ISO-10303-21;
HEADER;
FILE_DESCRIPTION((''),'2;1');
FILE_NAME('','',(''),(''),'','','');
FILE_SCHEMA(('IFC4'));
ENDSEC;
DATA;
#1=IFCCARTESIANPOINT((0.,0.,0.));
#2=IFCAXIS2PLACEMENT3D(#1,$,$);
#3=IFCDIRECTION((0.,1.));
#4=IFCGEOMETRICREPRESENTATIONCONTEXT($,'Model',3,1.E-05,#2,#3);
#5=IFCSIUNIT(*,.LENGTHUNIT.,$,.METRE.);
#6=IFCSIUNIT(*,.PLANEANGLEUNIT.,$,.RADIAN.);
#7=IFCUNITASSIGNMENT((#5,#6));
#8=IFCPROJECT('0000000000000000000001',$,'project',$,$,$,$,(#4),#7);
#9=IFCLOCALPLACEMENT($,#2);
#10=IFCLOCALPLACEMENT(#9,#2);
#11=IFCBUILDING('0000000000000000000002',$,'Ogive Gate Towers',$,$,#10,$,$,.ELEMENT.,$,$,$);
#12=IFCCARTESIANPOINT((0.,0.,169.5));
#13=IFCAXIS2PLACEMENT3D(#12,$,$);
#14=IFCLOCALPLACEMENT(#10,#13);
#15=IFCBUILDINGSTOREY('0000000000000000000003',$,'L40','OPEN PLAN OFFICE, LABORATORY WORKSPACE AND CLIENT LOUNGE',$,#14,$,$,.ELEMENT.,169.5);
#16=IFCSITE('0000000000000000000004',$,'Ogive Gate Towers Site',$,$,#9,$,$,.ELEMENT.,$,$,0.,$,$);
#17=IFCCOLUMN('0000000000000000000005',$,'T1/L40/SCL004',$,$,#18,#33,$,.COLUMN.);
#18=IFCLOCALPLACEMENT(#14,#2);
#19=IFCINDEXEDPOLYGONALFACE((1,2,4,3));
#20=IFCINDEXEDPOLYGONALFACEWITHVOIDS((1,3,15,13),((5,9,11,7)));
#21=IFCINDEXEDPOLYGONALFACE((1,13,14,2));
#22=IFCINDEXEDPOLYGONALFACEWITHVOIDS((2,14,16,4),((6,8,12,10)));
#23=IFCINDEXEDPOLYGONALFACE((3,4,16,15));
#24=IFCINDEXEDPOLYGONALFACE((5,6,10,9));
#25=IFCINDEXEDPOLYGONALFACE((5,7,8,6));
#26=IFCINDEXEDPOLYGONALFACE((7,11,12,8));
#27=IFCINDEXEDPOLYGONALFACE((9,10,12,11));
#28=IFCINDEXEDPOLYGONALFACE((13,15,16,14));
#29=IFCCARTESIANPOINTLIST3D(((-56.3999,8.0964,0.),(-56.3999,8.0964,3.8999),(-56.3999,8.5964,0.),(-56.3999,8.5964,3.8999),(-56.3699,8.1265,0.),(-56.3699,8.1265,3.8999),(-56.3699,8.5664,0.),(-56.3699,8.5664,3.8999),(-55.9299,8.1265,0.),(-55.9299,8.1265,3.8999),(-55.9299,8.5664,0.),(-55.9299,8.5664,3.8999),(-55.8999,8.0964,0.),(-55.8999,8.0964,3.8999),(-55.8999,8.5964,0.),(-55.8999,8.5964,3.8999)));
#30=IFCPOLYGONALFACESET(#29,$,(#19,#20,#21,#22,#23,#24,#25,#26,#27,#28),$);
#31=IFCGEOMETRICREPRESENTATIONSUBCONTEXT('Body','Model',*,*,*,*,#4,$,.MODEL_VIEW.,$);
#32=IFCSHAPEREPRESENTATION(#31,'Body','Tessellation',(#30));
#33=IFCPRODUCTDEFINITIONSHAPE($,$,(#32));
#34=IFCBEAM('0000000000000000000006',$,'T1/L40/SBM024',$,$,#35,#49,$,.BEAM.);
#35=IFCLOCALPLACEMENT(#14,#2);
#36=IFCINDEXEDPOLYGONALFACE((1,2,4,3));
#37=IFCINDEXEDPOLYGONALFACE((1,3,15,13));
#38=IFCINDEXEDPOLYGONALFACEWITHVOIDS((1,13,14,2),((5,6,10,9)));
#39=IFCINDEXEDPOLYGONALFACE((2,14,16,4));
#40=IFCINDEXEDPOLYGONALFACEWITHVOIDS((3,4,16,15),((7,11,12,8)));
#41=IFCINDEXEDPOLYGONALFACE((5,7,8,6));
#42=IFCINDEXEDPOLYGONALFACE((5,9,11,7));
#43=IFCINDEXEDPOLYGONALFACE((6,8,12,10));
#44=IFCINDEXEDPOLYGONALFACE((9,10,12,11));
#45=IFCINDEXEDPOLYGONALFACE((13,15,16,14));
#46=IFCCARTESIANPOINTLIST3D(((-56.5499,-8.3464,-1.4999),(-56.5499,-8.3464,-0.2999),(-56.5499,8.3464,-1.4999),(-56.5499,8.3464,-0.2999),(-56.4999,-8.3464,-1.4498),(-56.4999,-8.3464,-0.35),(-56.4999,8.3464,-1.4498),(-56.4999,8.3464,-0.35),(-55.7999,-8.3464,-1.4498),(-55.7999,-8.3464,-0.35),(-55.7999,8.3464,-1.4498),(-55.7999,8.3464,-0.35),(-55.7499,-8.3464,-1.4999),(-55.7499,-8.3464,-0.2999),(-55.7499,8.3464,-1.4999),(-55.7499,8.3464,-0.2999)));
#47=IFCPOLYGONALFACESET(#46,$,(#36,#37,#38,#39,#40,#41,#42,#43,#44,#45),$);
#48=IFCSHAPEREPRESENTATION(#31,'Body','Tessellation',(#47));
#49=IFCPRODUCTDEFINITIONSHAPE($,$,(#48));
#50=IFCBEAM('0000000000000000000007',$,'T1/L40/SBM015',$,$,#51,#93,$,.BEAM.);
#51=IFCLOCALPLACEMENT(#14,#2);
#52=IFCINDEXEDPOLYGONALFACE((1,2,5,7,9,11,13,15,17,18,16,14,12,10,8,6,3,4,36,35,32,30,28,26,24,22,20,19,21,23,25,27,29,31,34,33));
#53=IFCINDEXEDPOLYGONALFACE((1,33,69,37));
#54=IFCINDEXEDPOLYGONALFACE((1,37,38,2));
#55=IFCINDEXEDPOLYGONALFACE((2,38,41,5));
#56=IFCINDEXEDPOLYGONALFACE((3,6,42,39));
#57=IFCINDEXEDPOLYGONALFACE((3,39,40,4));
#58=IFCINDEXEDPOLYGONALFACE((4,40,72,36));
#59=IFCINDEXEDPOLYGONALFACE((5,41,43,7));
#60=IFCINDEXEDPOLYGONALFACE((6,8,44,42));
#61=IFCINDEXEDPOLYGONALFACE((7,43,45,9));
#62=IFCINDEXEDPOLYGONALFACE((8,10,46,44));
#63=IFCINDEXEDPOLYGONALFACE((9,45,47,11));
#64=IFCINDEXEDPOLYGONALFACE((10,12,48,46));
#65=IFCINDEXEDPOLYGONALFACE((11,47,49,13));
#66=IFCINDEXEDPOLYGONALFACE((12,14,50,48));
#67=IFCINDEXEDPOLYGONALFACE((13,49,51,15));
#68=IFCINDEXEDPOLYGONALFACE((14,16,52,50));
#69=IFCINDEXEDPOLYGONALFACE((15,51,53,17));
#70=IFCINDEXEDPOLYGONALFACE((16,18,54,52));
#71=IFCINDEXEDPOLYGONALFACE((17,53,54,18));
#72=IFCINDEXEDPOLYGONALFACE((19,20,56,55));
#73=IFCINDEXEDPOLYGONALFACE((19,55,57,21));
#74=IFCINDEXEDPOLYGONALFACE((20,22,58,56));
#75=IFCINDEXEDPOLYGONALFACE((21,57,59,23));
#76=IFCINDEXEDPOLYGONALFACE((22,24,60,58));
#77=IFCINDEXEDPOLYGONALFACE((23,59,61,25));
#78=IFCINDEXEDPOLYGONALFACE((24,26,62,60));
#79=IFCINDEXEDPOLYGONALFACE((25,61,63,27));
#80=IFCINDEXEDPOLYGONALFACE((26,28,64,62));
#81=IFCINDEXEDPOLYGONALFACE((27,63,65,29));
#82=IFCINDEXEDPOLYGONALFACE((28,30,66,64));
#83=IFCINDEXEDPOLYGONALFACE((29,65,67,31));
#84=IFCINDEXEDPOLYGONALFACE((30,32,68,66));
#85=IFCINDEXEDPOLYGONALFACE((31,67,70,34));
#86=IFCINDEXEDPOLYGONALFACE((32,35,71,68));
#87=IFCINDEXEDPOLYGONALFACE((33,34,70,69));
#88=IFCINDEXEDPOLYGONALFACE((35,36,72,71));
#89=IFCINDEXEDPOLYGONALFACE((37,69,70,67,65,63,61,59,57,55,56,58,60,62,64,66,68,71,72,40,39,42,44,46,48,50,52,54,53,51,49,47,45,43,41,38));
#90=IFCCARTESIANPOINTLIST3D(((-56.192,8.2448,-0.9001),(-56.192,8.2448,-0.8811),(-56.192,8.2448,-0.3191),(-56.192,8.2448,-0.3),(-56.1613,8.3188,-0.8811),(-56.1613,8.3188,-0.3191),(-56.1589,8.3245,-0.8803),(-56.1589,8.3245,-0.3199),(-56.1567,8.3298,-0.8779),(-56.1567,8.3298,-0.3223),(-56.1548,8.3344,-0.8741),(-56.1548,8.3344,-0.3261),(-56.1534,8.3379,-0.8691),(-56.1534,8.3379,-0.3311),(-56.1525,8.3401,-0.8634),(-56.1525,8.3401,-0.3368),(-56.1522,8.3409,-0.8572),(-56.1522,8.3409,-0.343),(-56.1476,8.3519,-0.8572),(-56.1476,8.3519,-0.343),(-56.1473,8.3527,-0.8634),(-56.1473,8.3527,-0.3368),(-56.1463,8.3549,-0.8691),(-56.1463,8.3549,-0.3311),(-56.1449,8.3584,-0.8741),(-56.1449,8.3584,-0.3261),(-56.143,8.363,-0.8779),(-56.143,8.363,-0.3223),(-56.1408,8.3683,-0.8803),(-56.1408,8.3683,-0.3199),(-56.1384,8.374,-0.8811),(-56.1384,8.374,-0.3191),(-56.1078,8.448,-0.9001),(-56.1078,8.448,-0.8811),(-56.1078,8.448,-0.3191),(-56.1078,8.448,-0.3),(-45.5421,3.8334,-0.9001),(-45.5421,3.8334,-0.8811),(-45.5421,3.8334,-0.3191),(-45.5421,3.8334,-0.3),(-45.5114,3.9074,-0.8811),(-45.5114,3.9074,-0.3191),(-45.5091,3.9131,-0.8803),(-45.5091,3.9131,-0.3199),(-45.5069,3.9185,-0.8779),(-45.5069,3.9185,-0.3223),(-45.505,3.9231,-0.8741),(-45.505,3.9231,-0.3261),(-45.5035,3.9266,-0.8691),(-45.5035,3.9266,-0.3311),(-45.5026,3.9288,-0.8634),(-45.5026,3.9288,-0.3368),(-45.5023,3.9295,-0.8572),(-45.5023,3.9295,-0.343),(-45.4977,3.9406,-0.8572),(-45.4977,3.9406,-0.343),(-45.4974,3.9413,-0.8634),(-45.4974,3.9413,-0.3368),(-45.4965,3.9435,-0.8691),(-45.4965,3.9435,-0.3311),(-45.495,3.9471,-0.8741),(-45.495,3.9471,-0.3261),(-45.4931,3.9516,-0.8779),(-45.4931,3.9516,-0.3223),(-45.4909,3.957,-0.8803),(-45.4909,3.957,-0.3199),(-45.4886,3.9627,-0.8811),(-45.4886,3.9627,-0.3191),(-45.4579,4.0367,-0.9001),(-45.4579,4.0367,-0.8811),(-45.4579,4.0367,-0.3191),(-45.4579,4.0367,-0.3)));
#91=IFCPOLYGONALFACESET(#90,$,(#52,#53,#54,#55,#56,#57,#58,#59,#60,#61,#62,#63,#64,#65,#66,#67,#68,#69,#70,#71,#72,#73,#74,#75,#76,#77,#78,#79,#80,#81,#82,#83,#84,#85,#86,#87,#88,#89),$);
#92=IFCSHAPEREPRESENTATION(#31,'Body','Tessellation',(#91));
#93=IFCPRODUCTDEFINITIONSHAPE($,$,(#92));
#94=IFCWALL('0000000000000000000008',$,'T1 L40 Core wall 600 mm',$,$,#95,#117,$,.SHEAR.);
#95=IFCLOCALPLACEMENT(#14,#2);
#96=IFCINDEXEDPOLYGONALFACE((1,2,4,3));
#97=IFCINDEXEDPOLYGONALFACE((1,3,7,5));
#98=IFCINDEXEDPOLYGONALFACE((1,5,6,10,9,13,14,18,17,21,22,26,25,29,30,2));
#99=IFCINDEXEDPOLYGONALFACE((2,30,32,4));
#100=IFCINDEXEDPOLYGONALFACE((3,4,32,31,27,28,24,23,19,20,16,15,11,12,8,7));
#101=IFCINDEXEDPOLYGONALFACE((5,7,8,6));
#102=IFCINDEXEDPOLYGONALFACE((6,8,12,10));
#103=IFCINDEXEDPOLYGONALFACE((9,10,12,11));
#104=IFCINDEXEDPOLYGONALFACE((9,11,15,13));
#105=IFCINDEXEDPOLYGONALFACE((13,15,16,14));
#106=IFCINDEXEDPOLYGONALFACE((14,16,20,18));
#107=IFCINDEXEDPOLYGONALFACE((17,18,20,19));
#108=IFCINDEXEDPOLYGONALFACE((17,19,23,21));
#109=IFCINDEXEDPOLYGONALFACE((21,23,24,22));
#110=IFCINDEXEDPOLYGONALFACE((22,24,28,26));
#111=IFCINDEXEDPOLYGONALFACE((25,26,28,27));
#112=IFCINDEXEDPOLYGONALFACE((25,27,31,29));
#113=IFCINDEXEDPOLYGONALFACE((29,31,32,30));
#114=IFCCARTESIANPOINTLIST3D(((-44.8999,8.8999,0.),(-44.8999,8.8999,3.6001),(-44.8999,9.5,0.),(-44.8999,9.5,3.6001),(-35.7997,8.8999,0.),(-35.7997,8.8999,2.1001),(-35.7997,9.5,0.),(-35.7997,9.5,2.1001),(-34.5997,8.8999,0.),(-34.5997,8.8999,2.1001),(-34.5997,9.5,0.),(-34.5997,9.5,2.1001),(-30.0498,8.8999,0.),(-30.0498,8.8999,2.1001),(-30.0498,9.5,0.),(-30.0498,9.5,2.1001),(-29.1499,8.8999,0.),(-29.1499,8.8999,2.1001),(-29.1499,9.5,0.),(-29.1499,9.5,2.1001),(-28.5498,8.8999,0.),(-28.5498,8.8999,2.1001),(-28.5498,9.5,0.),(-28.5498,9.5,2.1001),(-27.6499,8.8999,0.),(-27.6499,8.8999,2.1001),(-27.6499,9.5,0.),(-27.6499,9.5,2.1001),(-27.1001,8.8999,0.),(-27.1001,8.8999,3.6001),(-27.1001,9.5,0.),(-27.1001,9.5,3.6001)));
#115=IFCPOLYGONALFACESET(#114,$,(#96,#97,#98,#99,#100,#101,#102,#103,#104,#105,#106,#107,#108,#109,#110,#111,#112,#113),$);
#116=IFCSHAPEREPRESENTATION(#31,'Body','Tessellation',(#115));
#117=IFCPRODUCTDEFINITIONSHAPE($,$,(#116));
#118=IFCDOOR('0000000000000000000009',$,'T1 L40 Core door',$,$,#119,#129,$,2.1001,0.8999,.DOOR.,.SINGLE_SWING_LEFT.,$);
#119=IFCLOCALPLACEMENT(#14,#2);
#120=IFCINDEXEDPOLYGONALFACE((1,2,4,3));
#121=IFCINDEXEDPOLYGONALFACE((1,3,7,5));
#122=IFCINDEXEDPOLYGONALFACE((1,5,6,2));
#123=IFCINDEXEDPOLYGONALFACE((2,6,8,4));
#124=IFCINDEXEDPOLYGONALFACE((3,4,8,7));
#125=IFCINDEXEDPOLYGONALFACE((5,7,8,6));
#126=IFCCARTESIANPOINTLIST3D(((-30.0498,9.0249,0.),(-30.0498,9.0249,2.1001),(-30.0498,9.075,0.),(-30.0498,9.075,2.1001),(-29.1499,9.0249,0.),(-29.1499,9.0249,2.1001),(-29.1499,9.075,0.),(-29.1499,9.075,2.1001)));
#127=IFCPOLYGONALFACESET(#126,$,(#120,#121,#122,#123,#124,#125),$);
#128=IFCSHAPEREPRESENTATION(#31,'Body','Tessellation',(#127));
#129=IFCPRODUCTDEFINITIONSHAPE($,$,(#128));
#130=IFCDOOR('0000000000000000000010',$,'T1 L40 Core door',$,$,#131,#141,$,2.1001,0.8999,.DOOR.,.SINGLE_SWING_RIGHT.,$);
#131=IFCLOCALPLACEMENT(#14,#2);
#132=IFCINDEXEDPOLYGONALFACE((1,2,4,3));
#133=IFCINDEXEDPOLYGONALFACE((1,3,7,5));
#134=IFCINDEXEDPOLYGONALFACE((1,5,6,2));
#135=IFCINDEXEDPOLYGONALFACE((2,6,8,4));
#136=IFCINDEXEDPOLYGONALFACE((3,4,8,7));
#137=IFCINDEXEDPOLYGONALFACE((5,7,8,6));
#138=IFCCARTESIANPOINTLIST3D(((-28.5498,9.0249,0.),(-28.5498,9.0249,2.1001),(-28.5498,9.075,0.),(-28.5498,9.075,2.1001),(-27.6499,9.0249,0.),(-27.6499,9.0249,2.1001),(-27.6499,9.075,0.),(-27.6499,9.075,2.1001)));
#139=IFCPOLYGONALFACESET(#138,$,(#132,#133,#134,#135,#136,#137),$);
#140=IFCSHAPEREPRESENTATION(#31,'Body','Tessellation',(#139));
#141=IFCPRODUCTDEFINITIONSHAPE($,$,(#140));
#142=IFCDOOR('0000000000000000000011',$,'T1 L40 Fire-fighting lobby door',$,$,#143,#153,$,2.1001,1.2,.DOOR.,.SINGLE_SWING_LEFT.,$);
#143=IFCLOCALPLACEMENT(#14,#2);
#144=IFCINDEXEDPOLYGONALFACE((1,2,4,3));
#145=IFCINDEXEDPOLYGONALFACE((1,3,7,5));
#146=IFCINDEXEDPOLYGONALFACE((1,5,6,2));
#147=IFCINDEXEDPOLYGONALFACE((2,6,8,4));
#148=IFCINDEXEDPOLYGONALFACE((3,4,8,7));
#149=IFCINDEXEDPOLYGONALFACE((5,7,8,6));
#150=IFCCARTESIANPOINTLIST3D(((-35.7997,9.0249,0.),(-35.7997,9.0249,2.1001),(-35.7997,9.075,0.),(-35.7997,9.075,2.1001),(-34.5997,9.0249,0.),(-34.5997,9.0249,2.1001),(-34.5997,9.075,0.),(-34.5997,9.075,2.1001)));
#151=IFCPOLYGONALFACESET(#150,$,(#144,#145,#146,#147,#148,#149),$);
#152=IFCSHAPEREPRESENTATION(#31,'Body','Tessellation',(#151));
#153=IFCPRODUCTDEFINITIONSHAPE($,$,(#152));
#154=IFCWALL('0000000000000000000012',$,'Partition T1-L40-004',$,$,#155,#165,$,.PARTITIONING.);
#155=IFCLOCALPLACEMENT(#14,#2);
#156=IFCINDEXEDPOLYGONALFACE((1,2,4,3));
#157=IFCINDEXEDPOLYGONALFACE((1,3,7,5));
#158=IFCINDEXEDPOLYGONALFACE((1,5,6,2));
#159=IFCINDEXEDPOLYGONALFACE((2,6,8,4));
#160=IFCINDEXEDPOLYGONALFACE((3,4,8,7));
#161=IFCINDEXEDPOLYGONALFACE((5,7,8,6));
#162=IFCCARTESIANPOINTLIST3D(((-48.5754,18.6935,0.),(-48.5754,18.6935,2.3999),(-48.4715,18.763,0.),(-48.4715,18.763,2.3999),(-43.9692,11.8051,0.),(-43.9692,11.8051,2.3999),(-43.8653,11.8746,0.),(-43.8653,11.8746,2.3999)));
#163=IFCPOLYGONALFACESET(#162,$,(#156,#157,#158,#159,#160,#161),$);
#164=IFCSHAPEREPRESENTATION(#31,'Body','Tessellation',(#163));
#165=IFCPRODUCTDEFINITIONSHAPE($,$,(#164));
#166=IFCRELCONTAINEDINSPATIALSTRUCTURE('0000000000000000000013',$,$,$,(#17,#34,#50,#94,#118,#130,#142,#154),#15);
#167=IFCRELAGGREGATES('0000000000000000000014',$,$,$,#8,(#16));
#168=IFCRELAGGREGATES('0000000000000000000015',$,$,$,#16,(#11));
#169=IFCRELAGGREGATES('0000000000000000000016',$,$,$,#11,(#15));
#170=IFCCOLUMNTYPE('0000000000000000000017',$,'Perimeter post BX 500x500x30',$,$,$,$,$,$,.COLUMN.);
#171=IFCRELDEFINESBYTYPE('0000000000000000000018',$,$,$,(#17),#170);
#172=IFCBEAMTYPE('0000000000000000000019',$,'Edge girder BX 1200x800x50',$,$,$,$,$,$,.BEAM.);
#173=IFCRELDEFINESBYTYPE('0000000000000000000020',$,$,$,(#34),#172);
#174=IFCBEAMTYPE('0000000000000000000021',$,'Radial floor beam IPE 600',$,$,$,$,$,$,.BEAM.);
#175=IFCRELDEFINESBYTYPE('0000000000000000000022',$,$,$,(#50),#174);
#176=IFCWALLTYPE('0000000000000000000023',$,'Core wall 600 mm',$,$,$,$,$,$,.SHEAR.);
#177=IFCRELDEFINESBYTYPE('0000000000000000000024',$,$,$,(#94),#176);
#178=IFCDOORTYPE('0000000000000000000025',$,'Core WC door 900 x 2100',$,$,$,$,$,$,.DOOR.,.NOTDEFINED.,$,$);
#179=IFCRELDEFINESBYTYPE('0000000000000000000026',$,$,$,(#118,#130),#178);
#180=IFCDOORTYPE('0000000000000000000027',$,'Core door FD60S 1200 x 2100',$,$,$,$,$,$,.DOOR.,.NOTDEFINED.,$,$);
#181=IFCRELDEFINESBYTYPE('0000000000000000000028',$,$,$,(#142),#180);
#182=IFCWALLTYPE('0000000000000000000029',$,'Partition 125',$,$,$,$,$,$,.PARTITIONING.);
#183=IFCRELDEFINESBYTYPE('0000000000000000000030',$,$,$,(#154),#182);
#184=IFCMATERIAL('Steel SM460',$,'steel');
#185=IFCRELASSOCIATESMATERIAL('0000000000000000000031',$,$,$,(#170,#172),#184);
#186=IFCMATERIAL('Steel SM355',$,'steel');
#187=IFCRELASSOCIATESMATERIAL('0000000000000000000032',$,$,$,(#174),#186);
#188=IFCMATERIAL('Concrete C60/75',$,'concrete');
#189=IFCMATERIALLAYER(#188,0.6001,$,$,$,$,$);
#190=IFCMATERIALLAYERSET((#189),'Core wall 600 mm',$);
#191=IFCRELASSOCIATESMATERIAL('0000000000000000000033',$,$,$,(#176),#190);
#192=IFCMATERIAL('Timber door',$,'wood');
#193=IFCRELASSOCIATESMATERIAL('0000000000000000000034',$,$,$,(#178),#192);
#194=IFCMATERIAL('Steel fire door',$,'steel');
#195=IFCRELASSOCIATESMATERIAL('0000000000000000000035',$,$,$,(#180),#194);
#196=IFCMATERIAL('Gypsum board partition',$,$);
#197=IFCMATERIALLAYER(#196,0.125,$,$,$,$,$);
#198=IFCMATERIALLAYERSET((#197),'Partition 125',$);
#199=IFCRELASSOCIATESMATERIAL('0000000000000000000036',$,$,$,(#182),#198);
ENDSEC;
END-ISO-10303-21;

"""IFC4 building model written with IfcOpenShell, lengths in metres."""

from ifc_helpers import new_model, si_unit, direction, frame, frame_2d, origin, origin_2d, place, context, subcontext, project, spatial, rectangle, hollow_rectangle, i_section, extrude, material, layer, layer_set, material_profile, profile_set, type_object, element, fill, save


model = new_model("IFC4")

# Units and contexts
model_context = context("Model", 3, precision=1e-05, world=origin(), true_north=direction((0.0, 1.0)))
body_context = subcontext(model_context, "Body", "Model", "MODEL_VIEW")
ifc_project = project(units=[si_unit("LENGTHUNIT", "METRE"), si_unit("PLANEANGLEUNIT", "RADIAN")], contexts=[model_context])

# Site, building, storey
site_placement = place(None, origin())
site = spatial("IfcSite", under=ifc_project, at=site_placement, Name="Ogive Gate Towers Site", CompositionType="ELEMENT", RefElevation=0.0)
building_placement = place(site_placement, origin())
building = spatial("IfcBuilding", under=site, at=building_placement, Name="Ogive Gate Towers", CompositionType="ELEMENT")
storey_placement = place(building_placement, frame((0.0, 0.0, 169.5)))
storey = spatial("IfcBuildingStorey", under=building, at=storey_placement, Name="L40", Description="OPEN PLAN OFFICE, LABORATORY WORKSPACE AND CLIENT LOUNGE", CompositionType="ELEMENT", Elevation=169.5)

# Column
ifc_material_1 = material(Name="Steel SM460", Category="steel")
ifc_material_profile_1 = material_profile(ifc_material_1, hollow_rectangle(XDim=0.5, YDim=0.5, WallThickness=0.03, at=origin_2d()), Name="BX 500x500x30")
ifc_profile_set_1 = profile_set([ifc_material_profile_1], Name="Steel SM460")
column_type = type_object("IfcColumnType", Name="Perimeter post BX 500x500x30", PredefinedType="COLUMN", material=ifc_profile_set_1)
column_placement = place(storey_placement, frame((-56.1499, 8.3464, 0.0), z_axis=(0.0, 0.0, 1.0), x_axis=(1.0, 0.0, 0.0)))
element("IfcColumn", 1, at=column_placement, inside=storey, type_object=column_type, Name="T1/L40/SCL004", PredefinedType="COLUMN", context=body_context, shape_type="SweptSolid", body=[
    extrude(hollow_rectangle(XDim=0.5, YDim=0.5, WallThickness=0.03, at=origin_2d()), origin(), (0.0, 0.0, 1.0), 3.8999),
])

# Beams
ifc_material_profile_2 = material_profile(ifc_material_1, hollow_rectangle(XDim=0.8, YDim=1.2, WallThickness=0.05, at=origin_2d()), Name="BX 1200x800x50")
ifc_profile_set_2 = profile_set([ifc_material_profile_2], Name="Steel SM460")
beam_type_1 = type_object("IfcBeamType", Name="Edge girder BX 1200x800x50", PredefinedType="BEAM", material=ifc_profile_set_2)
beam_1_placement = place(storey_placement, frame((-56.1499, 8.3464, -0.8999), z_axis=(0.0, -1.0, 0.0), x_axis=(1.0, 0.0, 0.0)))
element("IfcBeam", 2, at=beam_1_placement, inside=storey, type_object=beam_type_1, Name="T1/L40/SBM024", PredefinedType="BEAM", context=body_context, shape_type="SweptSolid", body=[
    extrude(hollow_rectangle(XDim=0.8, YDim=1.2, WallThickness=0.05, at=origin_2d()), origin(), (0.0, 0.0, 1.0), 16.6929),
])
ifc_material_2 = material(Name="Steel SM355", Category="steel")
ifc_material_profile_3 = material_profile(ifc_material_2, i_section(OverallWidth=0.22, OverallDepth=0.6001, WebThickness=0.012, FlangeThickness=0.019, FilletRadius=0.0239, at=origin_2d()), Name="IPE 600")
ifc_profile_set_3 = profile_set([ifc_material_profile_3], Name="Steel SM355")
beam_type_2 = type_object("IfcBeamType", Name="Radial floor beam IPE 600", PredefinedType="BEAM", material=ifc_profile_set_3)
beam_2_placement = place(storey_placement, frame((-45.5, 3.9351, -0.6001), z_axis=(-0.923878, 0.382687, 0.0), x_axis=(-0.382687, -0.923878, 0.0)))
element("IfcBeam", 3, at=beam_2_placement, inside=storey, type_object=beam_type_2, Name="T1/L40/SBM015", PredefinedType="BEAM", context=body_context, shape_type="SweptSolid", body=[
    extrude(i_section(OverallWidth=0.22, OverallDepth=0.6001, WebThickness=0.012, FlangeThickness=0.019, FilletRadius=0.0239, at=origin_2d()), origin(), (0.0, 0.0, 1.0), 11.5273),
])

# Wall, openings, doors
ifc_material_3 = material(Name="Concrete C60/75", Category="concrete")
ifc_layer_1 = layer(ifc_material_3, 0.6001)
ifc_layer_set_1 = layer_set([ifc_layer_1], Name="Core wall 600 mm")
wall_type_1 = type_object("IfcWallType", Name="Core wall 600 mm", PredefinedType="SHEAR", material=ifc_layer_set_1)
wall_1_placement = place(storey_placement, frame((-44.8999, 9.2, 0.0), z_axis=(0.0, 0.0, 1.0), x_axis=(1.0, 0.0, 0.0)))
wall_1 = element("IfcWall", 4, at=wall_1_placement, inside=storey, type_object=wall_type_1, Name="T1 L40 Core wall 600 mm", PredefinedType="SHEAR", context=body_context, shape_type="SweptSolid", body=[
    extrude(rectangle(XDim=17.7998, YDim=0.6001, at=frame_2d((8.8999, 0.0))), origin(), (0.0, 0.0, 1.0), 3.6001),
])
opening_1_placement = place(wall_1_placement, frame((9.1001, 0.0, 0.0)))
opening_1 = element("IfcOpeningElement", 5, at=opening_1_placement, cuts=wall_1, PredefinedType="OPENING", context=body_context, shape_type="SweptSolid", body=[
    extrude(rectangle(XDim=1.2, YDim=2.1001, at=frame_2d((0.6001, 1.05))), frame((0.0, 0.3101, 0.0), z_axis=(0.0, -1.0, 0.0), x_axis=(1.0, 0.0, 0.0)), (0.0, 0.0, 1.0), 0.6201),
])
opening_2_placement = place(wall_1_placement, frame((14.8501, 0.0, 0.0)))
opening_2 = element("IfcOpeningElement", 6, at=opening_2_placement, cuts=wall_1, PredefinedType="OPENING", context=body_context, shape_type="SweptSolid", body=[
    extrude(rectangle(XDim=0.8999, YDim=2.1001, at=frame_2d((0.45, 1.05))), frame((0.0, 0.3101, 0.0), z_axis=(0.0, -1.0, 0.0), x_axis=(1.0, 0.0, 0.0)), (0.0, 0.0, 1.0), 0.6201),
])
opening_3_placement = place(wall_1_placement, frame((16.3501, 0.0, 0.0)))
opening_3 = element("IfcOpeningElement", 7, at=opening_3_placement, cuts=wall_1, PredefinedType="OPENING", context=body_context, shape_type="SweptSolid", body=[
    extrude(rectangle(XDim=0.8999, YDim=2.1001, at=frame_2d((0.45, 1.05))), frame((0.0, 0.3101, 0.0), z_axis=(0.0, -1.0, 0.0), x_axis=(1.0, 0.0, 0.0)), (0.0, 0.0, 1.0), 0.6201),
])
ifc_material_4 = material(Name="Timber door", Category="wood")
door_type_1 = type_object("IfcDoorType", Name="Core WC door 900 x 2100", OperationType="NOTDEFINED", PredefinedType="DOOR", material=ifc_material_4)
door_1_placement = place(opening_2_placement, origin())
door_1 = element("IfcDoor", 8, at=door_1_placement, inside=storey, type_object=door_type_1, Name="T1 L40 Core door", OperationType="SINGLE_SWING_LEFT", OverallHeight=2.1001, OverallWidth=0.8999, PredefinedType="DOOR", context=body_context, shape_type="SweptSolid", body=[
    extrude(rectangle(XDim=0.8999, YDim=2.1001, at=frame_2d((0.45, 1.05))), frame((0.0, -0.125, 0.0), z_axis=(0.0, -1.0, 0.0), x_axis=(1.0, 0.0, 0.0)), (0.0, 0.0, 1.0), 0.05),
])
fill(opening_2, door_1)
door_2_placement = place(opening_3_placement, origin())
door_2 = element("IfcDoor", 9, at=door_2_placement, inside=storey, type_object=door_type_1, Name="T1 L40 Core door", OperationType="SINGLE_SWING_RIGHT", OverallHeight=2.1001, OverallWidth=0.8999, PredefinedType="DOOR", context=body_context, shape_type="SweptSolid", body=[
    extrude(rectangle(XDim=0.8999, YDim=2.1001, at=frame_2d((0.45, 1.05))), frame((0.0, -0.125, 0.0), z_axis=(0.0, -1.0, 0.0), x_axis=(1.0, 0.0, 0.0)), (0.0, 0.0, 1.0), 0.05),
])
fill(opening_3, door_2)
ifc_material_5 = material(Name="Steel fire door", Category="steel")
door_type_2 = type_object("IfcDoorType", Name="Core door FD60S 1200 x 2100", OperationType="NOTDEFINED", PredefinedType="DOOR", material=ifc_material_5)
door_3_placement = place(opening_1_placement, origin())
door_3 = element("IfcDoor", 10, at=door_3_placement, inside=storey, type_object=door_type_2, Name="T1 L40 Fire-fighting lobby door", OperationType="SINGLE_SWING_LEFT", OverallHeight=2.1001, OverallWidth=1.2, PredefinedType="DOOR", context=body_context, shape_type="SweptSolid", body=[
    extrude(rectangle(XDim=1.2, YDim=2.1001, at=frame_2d((0.6001, 1.05))), frame((0.0, -0.125, 0.0), z_axis=(0.0, -1.0, 0.0), x_axis=(1.0, 0.0, 0.0)), (0.0, 0.0, 1.0), 0.05),
])
fill(opening_1, door_3)

# Wall
ifc_material_6 = material(Name="Gypsum board partition")
ifc_layer_2 = layer(ifc_material_6, 0.125)
ifc_layer_set_2 = layer_set([ifc_layer_2], Name="Partition 125")
wall_type_2 = type_object("IfcWallType", Name="Partition 125", PredefinedType="PARTITIONING", material=ifc_layer_set_2)
wall_2_placement = place(storey_placement, frame((-48.5234, 18.7283, 0.0), z_axis=(0.0, 0.0, 1.0), x_axis=(0.555862, -0.831274, 0.0)))
element("IfcWall", 11, at=wall_2_placement, inside=storey, type_object=wall_type_2, Name="Partition T1-L40-004", PredefinedType="PARTITIONING", context=body_context, shape_type="SweptSolid", body=[
    extrude(rectangle(XDim=8.2866, YDim=0.125, at=frame_2d((4.1433, 0.0))), origin(), (0.0, 0.0, 1.0), 2.3999),
])

save(model, "model.ifc")
